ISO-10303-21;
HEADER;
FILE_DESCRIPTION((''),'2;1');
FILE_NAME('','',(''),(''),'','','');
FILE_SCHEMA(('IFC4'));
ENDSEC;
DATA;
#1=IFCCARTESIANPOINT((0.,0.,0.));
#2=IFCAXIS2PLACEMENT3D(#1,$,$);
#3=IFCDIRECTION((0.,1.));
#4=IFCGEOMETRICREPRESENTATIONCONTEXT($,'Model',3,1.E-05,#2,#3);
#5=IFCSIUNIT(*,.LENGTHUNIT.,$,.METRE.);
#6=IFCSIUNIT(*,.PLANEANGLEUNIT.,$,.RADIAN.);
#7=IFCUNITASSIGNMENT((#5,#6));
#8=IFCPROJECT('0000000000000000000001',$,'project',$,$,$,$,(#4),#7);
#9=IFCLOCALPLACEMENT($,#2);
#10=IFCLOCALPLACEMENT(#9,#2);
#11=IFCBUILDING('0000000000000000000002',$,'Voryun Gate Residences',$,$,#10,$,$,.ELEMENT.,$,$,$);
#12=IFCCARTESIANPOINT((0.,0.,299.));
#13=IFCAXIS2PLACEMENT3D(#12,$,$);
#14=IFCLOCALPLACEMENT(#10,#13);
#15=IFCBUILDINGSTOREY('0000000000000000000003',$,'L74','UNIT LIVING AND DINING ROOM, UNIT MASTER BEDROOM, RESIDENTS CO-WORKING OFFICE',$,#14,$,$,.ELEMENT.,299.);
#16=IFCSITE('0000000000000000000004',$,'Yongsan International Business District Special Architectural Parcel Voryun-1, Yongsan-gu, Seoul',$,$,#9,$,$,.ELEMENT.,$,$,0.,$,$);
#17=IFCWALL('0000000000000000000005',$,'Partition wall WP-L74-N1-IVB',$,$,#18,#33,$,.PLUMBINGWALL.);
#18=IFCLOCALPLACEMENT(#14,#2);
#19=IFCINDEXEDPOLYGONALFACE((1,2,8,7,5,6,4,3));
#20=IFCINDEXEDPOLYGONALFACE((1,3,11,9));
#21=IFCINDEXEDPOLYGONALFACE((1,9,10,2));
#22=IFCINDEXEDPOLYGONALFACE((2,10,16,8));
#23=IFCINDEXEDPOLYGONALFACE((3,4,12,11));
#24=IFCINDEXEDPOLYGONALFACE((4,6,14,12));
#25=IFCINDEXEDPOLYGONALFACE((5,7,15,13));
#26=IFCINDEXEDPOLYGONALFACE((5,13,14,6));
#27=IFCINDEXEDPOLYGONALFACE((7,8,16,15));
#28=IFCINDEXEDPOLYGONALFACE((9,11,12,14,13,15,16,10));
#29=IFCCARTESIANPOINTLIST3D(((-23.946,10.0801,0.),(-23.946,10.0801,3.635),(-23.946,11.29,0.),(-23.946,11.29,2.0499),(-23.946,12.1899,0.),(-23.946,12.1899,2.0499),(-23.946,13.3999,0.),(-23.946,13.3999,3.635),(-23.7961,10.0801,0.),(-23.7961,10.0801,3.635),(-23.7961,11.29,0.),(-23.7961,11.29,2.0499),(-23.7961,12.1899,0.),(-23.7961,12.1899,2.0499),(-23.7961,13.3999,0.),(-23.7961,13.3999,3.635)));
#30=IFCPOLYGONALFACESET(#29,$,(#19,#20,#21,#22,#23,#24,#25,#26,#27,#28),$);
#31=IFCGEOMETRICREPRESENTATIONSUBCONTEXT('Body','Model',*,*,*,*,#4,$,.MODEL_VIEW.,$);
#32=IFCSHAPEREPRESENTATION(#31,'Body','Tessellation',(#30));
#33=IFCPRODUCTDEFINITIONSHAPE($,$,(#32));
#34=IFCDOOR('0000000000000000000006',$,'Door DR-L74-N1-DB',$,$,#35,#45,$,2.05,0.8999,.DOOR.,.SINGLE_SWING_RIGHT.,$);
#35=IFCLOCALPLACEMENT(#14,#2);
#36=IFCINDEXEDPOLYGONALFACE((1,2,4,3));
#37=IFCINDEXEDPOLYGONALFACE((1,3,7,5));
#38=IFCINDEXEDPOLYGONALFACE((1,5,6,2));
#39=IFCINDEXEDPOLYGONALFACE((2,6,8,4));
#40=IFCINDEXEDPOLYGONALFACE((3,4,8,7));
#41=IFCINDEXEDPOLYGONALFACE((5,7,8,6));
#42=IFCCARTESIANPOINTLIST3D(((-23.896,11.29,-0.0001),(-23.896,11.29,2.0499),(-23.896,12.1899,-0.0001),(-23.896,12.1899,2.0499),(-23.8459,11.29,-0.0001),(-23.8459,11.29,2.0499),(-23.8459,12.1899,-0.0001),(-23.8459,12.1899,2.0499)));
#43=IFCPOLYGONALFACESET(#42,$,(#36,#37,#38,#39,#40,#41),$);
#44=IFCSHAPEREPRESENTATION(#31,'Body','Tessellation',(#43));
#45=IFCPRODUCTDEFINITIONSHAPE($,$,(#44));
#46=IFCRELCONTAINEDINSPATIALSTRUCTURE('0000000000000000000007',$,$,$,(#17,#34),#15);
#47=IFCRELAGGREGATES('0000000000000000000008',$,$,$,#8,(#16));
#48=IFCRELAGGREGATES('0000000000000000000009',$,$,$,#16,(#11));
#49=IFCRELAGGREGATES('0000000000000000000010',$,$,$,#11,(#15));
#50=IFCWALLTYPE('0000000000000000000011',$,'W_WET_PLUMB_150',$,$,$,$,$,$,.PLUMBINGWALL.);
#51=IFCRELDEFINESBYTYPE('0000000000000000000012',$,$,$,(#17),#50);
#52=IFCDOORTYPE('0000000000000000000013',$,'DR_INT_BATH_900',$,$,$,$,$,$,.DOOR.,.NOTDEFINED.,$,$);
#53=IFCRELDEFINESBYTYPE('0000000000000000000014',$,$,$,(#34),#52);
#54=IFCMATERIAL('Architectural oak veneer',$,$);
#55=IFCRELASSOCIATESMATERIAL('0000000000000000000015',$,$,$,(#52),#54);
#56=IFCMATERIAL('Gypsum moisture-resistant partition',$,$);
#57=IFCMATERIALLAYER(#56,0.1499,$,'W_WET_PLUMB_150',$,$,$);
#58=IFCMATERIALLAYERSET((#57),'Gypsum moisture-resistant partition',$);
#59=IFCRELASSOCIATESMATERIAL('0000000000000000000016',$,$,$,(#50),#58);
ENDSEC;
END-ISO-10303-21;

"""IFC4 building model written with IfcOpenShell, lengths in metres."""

from ifc_helpers import new_model, si_unit, direction, frame, frame_2d, origin, place, context, subcontext, project, spatial, rectangle, extrude, material, layer, layer_set, type_object, element, fill, save


model = new_model("IFC4")

# Units and contexts
model_context = context("Model", 3, precision=1e-05, world=origin(), true_north=direction((0.0, 1.0)))
body_context = subcontext(model_context, "Body", "Model", "MODEL_VIEW")
ifc_project = project(units=[si_unit("LENGTHUNIT", "METRE"), si_unit("PLANEANGLEUNIT", "RADIAN")], contexts=[model_context])

# Site, building, storey
site_placement = place(None, origin())
site = spatial("IfcSite", under=ifc_project, at=site_placement, Name="Yongsan International Business District Special Architectural Parcel Voryun-1, Yongsan-gu, Seoul", CompositionType="ELEMENT", RefElevation=0.0)
building_placement = place(site_placement, origin())
building = spatial("IfcBuilding", under=site, at=building_placement, Name="Voryun Gate Residences", CompositionType="ELEMENT")
storey_placement = place(building_placement, frame((0.0, 0.0, 299.0)))
storey = spatial("IfcBuildingStorey", under=building, at=storey_placement, Name="L74", Description="UNIT LIVING AND DINING ROOM, UNIT MASTER BEDROOM, RESIDENTS CO-WORKING OFFICE", CompositionType="ELEMENT", Elevation=299.0)

# Shared definitions
ifc_material_1 = material(Name="Architectural oak veneer")
door_type_1 = type_object("IfcDoorType", Name="DR_INT_BATH_900", OperationType="NOTDEFINED", PredefinedType="DOOR", material=ifc_material_1)

# Shared definitions
ifc_material_2 = material(Name="Gypsum moisture-resistant partition")
ifc_layer_1 = layer(ifc_material_2, 0.1499, Name="W_WET_PLUMB_150")
ifc_layer_set_1 = layer_set([ifc_layer_1], Name="Gypsum moisture-resistant partition")
wall_type_1 = type_object("IfcWallType", Name="W_WET_PLUMB_150", PredefinedType="PLUMBINGWALL", material=ifc_layer_set_1)

# Wall, opening, door
wall_1_placement = place(storey_placement, frame((-23.8711, 10.0801, 0.0), z_axis=(0.0, 0.0, 1.0), x_axis=(0.0, 1.0, 0.0)))
wall_1 = element("IfcWall", 1, at=wall_1_placement, inside=storey, type_object=wall_type_1, Name="Partition wall WP-L74-N1-IVB", PredefinedType="PLUMBINGWALL", context=body_context, shape_type="SweptSolid", body=[
    extrude(rectangle(XDim=3.3198, YDim=0.1499, at=frame_2d((1.6599, 0.0))), origin(), (0.0, 0.0, 1.0), 3.635),
])
opening_1_placement = place(wall_1_placement, frame((1.21, 0.0, 0.0)))
opening_1 = element("IfcOpeningElement", 2, at=opening_1_placement, cuts=wall_1, PredefinedType="OPENING", context=body_context, shape_type="SweptSolid", body=[
    extrude(rectangle(XDim=0.8999, YDim=2.05, at=frame_2d((0.45, 1.0249))), frame((0.0, 0.085, 0.0), z_axis=(0.0, -1.0, 0.0), x_axis=(1.0, 0.0, 0.0)), (0.0, 0.0, 1.0), 0.1699),
])
door_1_placement = place(opening_1_placement, origin())
door_1 = element("IfcDoor", 3, at=door_1_placement, inside=storey, type_object=door_type_1, Name="Door DR-L74-N1-DB", OperationType="SINGLE_SWING_RIGHT", OverallHeight=2.05, OverallWidth=0.8999, PredefinedType="DOOR", context=body_context, shape_type="SweptSolid", body=[
    extrude(rectangle(XDim=0.8999, YDim=2.05, at=frame_2d((0.45, 1.0249))), frame((0.0, 0.0249, 0.0), z_axis=(0.0, -1.0, 0.0), x_axis=(1.0, 0.0, 0.0)), (0.0, 0.0, 1.0), 0.05),
])
fill(opening_1, door_1)

save(model, "model.ifc")
